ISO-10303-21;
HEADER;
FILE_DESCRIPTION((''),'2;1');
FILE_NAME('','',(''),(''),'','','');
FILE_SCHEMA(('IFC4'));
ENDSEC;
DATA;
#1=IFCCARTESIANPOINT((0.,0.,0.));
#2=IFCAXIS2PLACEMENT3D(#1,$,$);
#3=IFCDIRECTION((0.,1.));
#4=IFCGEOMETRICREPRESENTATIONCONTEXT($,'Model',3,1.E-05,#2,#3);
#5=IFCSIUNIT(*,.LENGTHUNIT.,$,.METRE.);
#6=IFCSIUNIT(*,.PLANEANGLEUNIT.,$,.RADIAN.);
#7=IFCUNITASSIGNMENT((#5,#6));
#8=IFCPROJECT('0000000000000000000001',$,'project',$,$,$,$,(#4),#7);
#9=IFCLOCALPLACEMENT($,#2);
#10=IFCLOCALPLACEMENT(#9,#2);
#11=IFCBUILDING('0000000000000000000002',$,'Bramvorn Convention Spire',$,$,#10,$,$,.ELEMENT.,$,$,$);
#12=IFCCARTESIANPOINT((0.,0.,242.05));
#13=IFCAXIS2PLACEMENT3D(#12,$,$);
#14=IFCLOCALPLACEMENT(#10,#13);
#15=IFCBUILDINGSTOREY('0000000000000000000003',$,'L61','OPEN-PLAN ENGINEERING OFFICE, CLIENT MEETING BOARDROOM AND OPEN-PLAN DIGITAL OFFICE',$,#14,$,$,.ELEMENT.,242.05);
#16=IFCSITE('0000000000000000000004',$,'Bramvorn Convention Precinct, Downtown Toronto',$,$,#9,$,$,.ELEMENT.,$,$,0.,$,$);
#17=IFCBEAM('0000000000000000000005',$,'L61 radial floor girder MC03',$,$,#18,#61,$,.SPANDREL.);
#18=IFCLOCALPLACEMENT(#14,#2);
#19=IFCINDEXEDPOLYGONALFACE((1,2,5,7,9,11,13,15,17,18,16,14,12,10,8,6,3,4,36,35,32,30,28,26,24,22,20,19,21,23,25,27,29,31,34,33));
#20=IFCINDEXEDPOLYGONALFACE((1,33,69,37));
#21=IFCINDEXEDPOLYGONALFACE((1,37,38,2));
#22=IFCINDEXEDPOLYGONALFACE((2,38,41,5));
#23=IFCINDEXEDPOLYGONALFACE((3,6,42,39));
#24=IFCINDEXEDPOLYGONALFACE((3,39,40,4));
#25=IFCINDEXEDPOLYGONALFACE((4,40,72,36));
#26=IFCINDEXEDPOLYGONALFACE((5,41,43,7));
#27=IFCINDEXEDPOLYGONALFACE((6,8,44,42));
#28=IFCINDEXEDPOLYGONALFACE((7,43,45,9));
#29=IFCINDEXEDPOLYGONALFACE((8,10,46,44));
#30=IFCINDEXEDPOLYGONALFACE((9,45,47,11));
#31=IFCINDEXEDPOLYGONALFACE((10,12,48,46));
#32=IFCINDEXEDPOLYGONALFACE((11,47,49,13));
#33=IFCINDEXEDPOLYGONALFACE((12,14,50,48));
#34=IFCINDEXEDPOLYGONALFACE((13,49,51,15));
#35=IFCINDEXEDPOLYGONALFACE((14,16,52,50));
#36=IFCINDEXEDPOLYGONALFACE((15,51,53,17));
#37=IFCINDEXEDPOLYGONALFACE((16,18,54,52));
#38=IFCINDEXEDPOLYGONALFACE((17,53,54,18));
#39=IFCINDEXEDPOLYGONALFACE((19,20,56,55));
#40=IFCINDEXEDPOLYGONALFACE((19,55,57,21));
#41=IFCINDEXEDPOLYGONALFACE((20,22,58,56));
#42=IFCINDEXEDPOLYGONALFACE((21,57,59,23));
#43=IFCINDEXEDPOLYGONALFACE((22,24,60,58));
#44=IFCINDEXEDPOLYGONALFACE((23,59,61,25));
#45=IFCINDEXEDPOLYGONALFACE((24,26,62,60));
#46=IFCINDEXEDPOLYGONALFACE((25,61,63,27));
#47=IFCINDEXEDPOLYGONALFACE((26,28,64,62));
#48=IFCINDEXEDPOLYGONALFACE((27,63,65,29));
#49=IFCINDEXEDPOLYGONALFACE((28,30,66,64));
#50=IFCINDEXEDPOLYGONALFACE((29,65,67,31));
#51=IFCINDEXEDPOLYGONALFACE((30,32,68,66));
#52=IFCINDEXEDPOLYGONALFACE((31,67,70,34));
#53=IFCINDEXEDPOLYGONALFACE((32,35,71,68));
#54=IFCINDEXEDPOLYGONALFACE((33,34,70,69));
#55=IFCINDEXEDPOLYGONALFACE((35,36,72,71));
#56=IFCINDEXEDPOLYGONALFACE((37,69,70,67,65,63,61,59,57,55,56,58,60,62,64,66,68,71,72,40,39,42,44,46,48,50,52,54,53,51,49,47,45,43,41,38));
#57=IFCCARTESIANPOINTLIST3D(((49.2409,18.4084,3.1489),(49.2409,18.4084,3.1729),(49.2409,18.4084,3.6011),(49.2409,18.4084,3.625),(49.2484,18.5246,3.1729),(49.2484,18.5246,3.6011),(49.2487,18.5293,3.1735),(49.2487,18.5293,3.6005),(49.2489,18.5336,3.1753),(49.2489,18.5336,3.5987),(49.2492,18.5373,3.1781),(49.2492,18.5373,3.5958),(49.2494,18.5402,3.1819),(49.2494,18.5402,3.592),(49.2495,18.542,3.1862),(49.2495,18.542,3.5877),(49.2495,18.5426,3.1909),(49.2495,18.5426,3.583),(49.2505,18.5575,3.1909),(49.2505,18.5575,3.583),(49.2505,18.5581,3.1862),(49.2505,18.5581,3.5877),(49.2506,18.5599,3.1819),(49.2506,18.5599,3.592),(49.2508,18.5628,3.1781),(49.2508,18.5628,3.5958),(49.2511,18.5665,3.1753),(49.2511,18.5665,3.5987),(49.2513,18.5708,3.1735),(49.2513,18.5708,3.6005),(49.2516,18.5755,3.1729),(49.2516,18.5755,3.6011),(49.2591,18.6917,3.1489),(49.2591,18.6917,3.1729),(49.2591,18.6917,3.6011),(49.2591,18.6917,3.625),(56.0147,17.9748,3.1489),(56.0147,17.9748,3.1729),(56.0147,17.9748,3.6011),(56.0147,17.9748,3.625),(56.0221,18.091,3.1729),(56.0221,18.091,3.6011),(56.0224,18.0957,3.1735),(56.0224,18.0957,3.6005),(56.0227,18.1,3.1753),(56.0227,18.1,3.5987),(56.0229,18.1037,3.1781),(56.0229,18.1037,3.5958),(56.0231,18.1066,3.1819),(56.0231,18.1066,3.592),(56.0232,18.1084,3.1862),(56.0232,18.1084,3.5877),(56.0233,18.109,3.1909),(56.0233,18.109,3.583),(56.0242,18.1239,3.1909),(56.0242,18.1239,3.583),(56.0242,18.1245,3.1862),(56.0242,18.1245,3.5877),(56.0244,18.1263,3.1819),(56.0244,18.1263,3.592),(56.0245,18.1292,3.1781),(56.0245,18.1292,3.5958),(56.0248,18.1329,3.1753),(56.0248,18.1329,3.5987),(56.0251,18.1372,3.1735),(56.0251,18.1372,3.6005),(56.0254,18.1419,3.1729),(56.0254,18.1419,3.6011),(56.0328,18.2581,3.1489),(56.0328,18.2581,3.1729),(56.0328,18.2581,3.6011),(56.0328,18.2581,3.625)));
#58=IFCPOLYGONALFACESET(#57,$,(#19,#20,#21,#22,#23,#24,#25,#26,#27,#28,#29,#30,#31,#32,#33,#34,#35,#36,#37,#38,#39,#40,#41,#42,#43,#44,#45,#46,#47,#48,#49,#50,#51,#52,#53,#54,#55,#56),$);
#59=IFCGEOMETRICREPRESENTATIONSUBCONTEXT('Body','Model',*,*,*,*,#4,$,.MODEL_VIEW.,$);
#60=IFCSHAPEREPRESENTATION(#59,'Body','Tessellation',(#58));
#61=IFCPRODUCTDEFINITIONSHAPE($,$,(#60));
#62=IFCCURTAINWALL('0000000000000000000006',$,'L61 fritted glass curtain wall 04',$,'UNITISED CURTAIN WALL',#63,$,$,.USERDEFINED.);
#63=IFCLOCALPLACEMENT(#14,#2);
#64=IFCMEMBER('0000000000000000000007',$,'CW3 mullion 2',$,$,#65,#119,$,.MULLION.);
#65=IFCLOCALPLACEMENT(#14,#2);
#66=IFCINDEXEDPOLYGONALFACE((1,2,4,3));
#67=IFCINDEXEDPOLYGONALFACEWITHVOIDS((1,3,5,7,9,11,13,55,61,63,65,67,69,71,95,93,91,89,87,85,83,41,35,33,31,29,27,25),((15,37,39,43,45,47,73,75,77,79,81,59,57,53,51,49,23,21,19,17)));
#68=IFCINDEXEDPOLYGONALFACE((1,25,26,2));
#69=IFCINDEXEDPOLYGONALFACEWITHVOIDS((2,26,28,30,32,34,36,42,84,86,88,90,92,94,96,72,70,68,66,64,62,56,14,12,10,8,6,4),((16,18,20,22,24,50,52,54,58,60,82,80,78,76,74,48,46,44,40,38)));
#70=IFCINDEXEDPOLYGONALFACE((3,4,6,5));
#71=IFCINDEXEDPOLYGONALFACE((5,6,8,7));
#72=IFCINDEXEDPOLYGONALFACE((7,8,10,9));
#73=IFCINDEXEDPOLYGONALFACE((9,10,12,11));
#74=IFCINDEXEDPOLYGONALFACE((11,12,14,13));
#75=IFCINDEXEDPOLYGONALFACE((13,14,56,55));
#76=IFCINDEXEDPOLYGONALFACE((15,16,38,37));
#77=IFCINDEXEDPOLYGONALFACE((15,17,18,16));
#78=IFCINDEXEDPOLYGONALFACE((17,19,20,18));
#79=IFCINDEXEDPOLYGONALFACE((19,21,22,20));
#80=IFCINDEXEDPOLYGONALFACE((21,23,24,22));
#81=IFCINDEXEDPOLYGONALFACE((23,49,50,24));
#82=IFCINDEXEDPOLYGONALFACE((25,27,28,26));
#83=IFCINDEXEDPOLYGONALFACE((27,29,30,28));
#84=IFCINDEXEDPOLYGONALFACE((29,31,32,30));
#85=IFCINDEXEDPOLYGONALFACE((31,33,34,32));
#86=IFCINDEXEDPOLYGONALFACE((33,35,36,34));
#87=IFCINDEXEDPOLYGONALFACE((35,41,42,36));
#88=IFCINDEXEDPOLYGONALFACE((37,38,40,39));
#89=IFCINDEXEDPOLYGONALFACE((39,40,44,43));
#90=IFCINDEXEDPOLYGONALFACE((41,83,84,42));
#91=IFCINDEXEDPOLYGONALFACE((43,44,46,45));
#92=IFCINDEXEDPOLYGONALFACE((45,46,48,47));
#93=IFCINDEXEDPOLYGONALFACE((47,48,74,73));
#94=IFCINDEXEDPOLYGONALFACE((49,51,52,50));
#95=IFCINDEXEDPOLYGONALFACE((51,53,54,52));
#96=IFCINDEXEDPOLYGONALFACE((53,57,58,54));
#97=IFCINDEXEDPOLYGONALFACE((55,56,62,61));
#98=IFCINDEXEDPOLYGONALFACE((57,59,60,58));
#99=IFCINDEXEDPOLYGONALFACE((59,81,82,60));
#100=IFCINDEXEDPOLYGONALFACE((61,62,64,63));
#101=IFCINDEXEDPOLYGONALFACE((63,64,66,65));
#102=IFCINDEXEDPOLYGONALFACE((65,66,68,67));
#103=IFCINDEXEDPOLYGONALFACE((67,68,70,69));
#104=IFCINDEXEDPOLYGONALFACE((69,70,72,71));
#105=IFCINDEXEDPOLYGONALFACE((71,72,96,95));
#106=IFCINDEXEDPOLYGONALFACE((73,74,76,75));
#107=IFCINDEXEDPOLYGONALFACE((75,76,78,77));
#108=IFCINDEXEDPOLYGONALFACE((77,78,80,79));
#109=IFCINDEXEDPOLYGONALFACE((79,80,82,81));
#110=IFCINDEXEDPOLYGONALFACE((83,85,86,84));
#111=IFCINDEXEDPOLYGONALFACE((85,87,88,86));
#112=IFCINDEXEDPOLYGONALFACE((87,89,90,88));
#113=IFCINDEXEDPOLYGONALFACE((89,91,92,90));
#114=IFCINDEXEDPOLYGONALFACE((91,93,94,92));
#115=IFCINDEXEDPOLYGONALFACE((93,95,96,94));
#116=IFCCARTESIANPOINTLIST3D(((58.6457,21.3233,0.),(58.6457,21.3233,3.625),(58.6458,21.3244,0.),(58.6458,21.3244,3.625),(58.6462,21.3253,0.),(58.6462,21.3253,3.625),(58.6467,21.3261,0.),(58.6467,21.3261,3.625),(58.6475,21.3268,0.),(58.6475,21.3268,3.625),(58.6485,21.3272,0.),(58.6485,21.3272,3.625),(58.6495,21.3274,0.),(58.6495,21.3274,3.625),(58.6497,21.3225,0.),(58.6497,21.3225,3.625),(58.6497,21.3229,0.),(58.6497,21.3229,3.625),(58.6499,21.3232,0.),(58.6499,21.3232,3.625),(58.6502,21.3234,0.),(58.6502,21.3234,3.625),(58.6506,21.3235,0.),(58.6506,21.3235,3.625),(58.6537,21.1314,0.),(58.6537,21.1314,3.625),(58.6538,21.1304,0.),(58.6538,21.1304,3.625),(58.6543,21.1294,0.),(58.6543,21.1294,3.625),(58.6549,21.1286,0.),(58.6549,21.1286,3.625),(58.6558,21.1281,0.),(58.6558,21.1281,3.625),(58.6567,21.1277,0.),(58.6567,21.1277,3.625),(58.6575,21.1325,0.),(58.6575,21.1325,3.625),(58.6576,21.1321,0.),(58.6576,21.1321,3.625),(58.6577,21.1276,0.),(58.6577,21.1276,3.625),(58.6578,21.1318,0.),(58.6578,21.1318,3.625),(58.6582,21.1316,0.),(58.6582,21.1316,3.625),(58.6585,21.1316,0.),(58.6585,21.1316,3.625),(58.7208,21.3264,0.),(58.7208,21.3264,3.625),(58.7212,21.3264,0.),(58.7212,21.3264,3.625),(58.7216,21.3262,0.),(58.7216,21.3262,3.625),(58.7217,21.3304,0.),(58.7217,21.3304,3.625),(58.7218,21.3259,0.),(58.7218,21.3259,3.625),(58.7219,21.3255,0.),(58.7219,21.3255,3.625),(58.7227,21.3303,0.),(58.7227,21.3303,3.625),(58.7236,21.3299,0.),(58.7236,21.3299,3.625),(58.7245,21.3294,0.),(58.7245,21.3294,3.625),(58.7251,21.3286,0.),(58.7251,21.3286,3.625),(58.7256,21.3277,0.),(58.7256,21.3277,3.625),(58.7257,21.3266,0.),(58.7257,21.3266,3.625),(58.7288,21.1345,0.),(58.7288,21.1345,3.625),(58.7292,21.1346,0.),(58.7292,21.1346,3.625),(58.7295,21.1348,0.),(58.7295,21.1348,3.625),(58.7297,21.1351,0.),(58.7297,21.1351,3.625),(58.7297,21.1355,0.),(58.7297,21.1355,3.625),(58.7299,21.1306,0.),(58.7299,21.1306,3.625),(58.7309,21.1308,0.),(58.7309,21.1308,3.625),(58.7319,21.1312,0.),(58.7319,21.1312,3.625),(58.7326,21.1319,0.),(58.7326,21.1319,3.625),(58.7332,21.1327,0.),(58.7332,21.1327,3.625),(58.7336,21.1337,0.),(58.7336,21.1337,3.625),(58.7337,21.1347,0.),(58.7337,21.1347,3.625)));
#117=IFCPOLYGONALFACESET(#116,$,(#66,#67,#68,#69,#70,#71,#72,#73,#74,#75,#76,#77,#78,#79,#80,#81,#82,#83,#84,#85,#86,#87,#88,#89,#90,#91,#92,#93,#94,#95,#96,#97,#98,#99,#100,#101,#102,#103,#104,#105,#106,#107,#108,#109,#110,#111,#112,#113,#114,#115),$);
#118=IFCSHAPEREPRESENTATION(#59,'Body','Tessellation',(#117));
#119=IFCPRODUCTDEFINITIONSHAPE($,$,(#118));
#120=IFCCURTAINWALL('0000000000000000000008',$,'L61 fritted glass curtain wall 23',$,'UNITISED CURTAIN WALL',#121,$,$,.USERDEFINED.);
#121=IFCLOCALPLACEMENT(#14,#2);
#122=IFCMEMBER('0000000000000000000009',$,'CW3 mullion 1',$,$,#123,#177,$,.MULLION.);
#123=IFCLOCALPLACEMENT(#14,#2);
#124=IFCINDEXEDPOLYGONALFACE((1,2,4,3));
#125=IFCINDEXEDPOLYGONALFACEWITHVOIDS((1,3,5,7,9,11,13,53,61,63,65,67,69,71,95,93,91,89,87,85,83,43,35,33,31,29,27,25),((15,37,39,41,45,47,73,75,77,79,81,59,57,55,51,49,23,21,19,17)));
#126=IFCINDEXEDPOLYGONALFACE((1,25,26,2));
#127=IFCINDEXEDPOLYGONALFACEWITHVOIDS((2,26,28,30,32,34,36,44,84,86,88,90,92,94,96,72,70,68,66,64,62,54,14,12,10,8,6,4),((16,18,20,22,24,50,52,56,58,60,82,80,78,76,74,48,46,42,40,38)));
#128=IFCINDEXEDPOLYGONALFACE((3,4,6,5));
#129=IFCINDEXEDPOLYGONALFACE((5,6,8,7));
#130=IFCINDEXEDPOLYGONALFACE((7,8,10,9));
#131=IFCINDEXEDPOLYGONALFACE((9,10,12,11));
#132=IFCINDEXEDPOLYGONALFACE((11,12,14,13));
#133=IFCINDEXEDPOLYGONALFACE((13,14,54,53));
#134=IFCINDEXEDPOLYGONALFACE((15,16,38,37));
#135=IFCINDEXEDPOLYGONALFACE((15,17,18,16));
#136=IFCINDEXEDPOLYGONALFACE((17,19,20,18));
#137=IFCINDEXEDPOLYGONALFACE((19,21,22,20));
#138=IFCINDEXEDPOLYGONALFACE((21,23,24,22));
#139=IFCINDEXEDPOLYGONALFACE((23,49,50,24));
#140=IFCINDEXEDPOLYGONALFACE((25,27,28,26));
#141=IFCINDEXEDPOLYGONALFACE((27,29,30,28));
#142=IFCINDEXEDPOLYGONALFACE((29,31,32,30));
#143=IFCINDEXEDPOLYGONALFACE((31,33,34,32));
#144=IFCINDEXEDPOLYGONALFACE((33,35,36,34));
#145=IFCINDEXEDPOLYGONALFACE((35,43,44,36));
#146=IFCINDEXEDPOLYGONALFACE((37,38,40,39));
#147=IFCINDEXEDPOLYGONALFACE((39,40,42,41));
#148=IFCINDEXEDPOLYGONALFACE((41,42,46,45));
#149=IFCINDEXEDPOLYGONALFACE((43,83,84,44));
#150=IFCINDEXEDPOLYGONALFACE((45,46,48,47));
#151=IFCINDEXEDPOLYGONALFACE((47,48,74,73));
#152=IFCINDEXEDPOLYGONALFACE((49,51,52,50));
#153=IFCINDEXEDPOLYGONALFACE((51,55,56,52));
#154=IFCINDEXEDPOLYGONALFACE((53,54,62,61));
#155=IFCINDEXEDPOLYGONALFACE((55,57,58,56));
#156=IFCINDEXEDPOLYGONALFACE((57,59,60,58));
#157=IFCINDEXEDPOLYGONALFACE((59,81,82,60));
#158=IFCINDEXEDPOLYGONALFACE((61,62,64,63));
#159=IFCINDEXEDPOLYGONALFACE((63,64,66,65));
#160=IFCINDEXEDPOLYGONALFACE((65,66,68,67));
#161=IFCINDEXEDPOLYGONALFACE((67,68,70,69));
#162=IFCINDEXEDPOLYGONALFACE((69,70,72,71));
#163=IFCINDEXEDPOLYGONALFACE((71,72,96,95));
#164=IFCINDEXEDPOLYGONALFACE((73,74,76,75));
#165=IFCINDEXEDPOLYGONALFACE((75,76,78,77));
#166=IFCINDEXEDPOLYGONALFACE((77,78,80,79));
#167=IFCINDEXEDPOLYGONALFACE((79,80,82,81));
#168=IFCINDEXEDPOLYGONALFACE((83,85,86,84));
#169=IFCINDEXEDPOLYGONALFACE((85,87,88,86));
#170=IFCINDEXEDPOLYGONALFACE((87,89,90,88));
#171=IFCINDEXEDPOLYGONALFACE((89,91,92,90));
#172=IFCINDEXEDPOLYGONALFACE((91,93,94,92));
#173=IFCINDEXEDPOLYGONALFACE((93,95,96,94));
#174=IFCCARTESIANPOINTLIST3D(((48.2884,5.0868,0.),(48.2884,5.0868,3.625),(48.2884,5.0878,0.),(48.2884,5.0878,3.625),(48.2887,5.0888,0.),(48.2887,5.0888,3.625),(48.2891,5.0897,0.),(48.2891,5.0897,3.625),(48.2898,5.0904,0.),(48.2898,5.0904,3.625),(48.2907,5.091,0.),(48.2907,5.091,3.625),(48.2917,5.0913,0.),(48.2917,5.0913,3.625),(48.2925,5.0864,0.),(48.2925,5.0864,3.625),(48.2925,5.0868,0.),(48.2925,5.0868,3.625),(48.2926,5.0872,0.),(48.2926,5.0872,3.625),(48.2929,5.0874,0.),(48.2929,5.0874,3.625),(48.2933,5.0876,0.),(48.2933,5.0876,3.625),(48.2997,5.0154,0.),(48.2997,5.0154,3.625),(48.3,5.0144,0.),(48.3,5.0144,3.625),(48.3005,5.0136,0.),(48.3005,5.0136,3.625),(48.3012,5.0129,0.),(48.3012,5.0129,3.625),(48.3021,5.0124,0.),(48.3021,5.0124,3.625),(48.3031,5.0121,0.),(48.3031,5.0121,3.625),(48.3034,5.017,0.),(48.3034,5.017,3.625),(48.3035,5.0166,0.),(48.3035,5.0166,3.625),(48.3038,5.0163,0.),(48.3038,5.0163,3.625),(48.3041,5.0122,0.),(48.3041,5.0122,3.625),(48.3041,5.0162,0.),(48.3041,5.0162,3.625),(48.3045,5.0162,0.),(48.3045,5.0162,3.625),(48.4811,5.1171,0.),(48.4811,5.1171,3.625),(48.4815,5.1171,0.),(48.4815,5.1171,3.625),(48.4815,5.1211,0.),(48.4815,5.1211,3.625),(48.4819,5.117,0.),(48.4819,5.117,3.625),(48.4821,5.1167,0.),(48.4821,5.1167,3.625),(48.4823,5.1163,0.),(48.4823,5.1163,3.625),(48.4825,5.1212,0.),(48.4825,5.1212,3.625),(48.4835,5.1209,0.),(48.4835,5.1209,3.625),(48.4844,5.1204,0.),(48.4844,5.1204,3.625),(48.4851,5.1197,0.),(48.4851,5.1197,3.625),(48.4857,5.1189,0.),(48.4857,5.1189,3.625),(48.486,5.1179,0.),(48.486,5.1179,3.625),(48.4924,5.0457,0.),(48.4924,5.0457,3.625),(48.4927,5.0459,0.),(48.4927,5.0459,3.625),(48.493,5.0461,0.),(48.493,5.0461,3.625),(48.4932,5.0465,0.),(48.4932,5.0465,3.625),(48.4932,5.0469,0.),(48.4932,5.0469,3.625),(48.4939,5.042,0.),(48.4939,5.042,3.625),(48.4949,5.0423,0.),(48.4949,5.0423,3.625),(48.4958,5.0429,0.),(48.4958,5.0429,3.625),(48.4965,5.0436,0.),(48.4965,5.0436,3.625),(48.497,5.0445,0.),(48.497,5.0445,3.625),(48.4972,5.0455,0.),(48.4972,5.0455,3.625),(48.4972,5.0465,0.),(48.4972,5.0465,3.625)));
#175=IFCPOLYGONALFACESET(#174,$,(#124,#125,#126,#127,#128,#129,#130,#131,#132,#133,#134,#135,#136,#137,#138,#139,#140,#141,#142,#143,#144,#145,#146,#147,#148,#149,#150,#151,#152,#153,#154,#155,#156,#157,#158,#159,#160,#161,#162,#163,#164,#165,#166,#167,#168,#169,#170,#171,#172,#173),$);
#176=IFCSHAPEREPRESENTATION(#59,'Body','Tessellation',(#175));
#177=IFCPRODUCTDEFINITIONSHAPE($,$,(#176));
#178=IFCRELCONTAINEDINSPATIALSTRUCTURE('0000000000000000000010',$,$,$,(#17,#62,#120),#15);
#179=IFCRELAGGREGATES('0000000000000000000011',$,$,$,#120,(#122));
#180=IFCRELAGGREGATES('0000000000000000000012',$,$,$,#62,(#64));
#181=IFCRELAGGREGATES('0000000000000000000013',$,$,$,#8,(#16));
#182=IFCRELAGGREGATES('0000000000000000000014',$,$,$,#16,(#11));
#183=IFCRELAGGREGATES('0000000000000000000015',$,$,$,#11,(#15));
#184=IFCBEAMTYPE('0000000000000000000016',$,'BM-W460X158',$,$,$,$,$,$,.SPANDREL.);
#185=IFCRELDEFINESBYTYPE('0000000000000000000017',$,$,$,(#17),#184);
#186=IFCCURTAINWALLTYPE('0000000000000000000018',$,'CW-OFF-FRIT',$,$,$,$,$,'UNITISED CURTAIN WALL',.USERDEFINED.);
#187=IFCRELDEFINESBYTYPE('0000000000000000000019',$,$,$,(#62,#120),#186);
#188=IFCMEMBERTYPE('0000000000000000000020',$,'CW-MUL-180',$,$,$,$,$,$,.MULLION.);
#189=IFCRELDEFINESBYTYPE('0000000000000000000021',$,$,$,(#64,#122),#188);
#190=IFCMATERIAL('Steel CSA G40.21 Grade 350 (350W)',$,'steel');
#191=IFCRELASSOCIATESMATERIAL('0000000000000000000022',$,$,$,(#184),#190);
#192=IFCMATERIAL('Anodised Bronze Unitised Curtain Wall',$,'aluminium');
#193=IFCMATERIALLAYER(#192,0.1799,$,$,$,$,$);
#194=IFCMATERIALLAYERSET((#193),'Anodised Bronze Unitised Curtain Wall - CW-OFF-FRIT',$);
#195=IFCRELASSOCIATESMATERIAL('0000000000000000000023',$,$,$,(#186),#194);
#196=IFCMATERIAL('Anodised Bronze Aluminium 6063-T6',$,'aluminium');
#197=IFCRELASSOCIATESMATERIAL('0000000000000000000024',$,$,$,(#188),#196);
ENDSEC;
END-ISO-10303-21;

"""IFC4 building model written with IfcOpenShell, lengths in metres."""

from ifc_helpers import new_model, si_unit, direction, frame, origin, origin_2d, place, context, subcontext, project, spatial, hollow_rectangle, i_section, extrude, material, layer, layer_set, material_profile, profile_set, type_object, element, aggregate, save


model = new_model("IFC4")

# Units and contexts
model_context = context("Model", 3, precision=1e-05, world=origin(), true_north=direction((0.0, 1.0)))
body_context = subcontext(model_context, "Body", "Model", "MODEL_VIEW")
ifc_project = project(units=[si_unit("LENGTHUNIT", "METRE"), si_unit("PLANEANGLEUNIT", "RADIAN")], contexts=[model_context])

# Site, building, storey
site_placement = place(None, origin())
site = spatial("IfcSite", under=ifc_project, at=site_placement, Name="Bramvorn Convention Precinct, Downtown Toronto", CompositionType="ELEMENT", RefElevation=0.0)
building_placement = place(site_placement, origin())
building = spatial("IfcBuilding", under=site, at=building_placement, Name="Bramvorn Convention Spire", CompositionType="ELEMENT")
storey_placement = place(building_placement, frame((0.0, 0.0, 242.05)))
storey = spatial("IfcBuildingStorey", under=building, at=storey_placement, Name="L61", Description="OPEN-PLAN ENGINEERING OFFICE, CLIENT MEETING BOARDROOM AND OPEN-PLAN DIGITAL OFFICE", CompositionType="ELEMENT", Elevation=242.05)

# Shared definitions
ifc_material_1 = material(Name="Steel CSA G40.21 Grade 350 (350W)", Category="steel")

# Beam
ifc_material_profile_1 = material_profile(ifc_material_1, i_section(OverallWidth=0.2839, OverallDepth=0.4761, WebThickness=0.0149, FlangeThickness=0.0239, FilletRadius=0.0181, at=origin_2d()))
ifc_profile_set_1 = profile_set([ifc_material_profile_1], Name="Steel CSA G40.21 Grade 350 (350W) - W460X158")
beam_type_1 = type_object("IfcBeamType", Name="BM-W460X158", PredefinedType="SPANDREL", material=ifc_profile_set_1)
beam_1_placement = place(storey_placement, frame((49.25, 18.55, 3.387), z_axis=(0.997958, -0.063881, 0.0), x_axis=(0.063881, 0.997958, 0.0)))
element("IfcBeam", 1, at=beam_1_placement, inside=storey, type_object=beam_type_1, Name="L61 radial floor girder MC03", PredefinedType="SPANDREL", context=body_context, shape_type="SweptSolid", body=[
    extrude(i_section(OverallWidth=0.2839, OverallDepth=0.4761, WebThickness=0.0149, FlangeThickness=0.0239, FilletRadius=0.0181, at=origin_2d()), origin(), (0.0, 0.0, 1.0), 6.7876),
])

# Curtain wall, member
ifc_material_2 = material(Name="Anodised Bronze Unitised Curtain Wall", Category="aluminium")
ifc_layer_1 = layer(ifc_material_2, 0.1799)
ifc_layer_set_1 = layer_set([ifc_layer_1], Name="Anodised Bronze Unitised Curtain Wall - CW-OFF-FRIT")
curtain_wall_type = type_object("IfcCurtainWallType", Name="CW-OFF-FRIT", ElementType="UNITISED CURTAIN WALL", PredefinedType="USERDEFINED", material=ifc_layer_set_1)
curtain_wall_1_placement = place(storey_placement, origin())
curtain_wall_1 = element("IfcCurtainWall", 2, at=curtain_wall_1_placement, inside=storey, type_object=curtain_wall_type, Name="L61 fritted glass curtain wall 04", ObjectType="UNITISED CURTAIN WALL", PredefinedType="USERDEFINED")
ifc_material_3 = material(Name="Anodised Bronze Aluminium 6063-T6", Category="aluminium")
ifc_material_profile_2 = material_profile(ifc_material_3, hollow_rectangle(XDim=0.0801, YDim=0.2, WallThickness=0.0039, InnerFilletRadius=0.001, OuterFilletRadius=0.0039, at=origin_2d()))
ifc_profile_set_2 = profile_set([ifc_material_profile_2], Name="Anodised Bronze Aluminium 6063-T6 - CWM80X200")
member_type_1 = type_object("IfcMemberType", Name="CW-MUL-180", PredefinedType="MULLION", material=ifc_profile_set_2)
member_1_placement = place(storey_placement, frame((58.6897, 21.229, 0.0), z_axis=(0.0, 0.0, 1.0), x_axis=(0.999144, 0.04137, 0.0)))
member_1 = element("IfcMember", 3, at=member_1_placement, type_object=member_type_1, Name="CW3 mullion 2", PredefinedType="MULLION", context=body_context, shape_type="SweptSolid", body=[
    extrude(hollow_rectangle(XDim=0.0801, YDim=0.2, WallThickness=0.0039, InnerFilletRadius=0.001, OuterFilletRadius=0.0039, at=origin_2d()), origin(), (0.0, 0.0, 1.0), 3.625),
])

# Curtain wall, member
curtain_wall_2_placement = place(storey_placement, origin())
curtain_wall_2 = element("IfcCurtainWall", 4, at=curtain_wall_2_placement, inside=storey, type_object=curtain_wall_type, Name="L61 fritted glass curtain wall 23", ObjectType="UNITISED CURTAIN WALL", PredefinedType="USERDEFINED")
member_2_placement = place(storey_placement, frame((48.3928, 5.0667, 0.0), z_axis=(0.0, 0.0, 1.0), x_axis=(0.155485, -0.987838, 0.0)))
member_2 = element("IfcMember", 5, at=member_2_placement, type_object=member_type_1, Name="CW3 mullion 1", PredefinedType="MULLION", context=body_context, shape_type="SweptSolid", body=[
    extrude(hollow_rectangle(XDim=0.0801, YDim=0.2, WallThickness=0.0039, InnerFilletRadius=0.001, OuterFilletRadius=0.0039, at=origin_2d()), origin(), (0.0, 0.0, 1.0), 3.625),
])
aggregate(curtain_wall_2, [member_2])

aggregate(curtain_wall_1, [member_1])

save(model, "model.ifc")
